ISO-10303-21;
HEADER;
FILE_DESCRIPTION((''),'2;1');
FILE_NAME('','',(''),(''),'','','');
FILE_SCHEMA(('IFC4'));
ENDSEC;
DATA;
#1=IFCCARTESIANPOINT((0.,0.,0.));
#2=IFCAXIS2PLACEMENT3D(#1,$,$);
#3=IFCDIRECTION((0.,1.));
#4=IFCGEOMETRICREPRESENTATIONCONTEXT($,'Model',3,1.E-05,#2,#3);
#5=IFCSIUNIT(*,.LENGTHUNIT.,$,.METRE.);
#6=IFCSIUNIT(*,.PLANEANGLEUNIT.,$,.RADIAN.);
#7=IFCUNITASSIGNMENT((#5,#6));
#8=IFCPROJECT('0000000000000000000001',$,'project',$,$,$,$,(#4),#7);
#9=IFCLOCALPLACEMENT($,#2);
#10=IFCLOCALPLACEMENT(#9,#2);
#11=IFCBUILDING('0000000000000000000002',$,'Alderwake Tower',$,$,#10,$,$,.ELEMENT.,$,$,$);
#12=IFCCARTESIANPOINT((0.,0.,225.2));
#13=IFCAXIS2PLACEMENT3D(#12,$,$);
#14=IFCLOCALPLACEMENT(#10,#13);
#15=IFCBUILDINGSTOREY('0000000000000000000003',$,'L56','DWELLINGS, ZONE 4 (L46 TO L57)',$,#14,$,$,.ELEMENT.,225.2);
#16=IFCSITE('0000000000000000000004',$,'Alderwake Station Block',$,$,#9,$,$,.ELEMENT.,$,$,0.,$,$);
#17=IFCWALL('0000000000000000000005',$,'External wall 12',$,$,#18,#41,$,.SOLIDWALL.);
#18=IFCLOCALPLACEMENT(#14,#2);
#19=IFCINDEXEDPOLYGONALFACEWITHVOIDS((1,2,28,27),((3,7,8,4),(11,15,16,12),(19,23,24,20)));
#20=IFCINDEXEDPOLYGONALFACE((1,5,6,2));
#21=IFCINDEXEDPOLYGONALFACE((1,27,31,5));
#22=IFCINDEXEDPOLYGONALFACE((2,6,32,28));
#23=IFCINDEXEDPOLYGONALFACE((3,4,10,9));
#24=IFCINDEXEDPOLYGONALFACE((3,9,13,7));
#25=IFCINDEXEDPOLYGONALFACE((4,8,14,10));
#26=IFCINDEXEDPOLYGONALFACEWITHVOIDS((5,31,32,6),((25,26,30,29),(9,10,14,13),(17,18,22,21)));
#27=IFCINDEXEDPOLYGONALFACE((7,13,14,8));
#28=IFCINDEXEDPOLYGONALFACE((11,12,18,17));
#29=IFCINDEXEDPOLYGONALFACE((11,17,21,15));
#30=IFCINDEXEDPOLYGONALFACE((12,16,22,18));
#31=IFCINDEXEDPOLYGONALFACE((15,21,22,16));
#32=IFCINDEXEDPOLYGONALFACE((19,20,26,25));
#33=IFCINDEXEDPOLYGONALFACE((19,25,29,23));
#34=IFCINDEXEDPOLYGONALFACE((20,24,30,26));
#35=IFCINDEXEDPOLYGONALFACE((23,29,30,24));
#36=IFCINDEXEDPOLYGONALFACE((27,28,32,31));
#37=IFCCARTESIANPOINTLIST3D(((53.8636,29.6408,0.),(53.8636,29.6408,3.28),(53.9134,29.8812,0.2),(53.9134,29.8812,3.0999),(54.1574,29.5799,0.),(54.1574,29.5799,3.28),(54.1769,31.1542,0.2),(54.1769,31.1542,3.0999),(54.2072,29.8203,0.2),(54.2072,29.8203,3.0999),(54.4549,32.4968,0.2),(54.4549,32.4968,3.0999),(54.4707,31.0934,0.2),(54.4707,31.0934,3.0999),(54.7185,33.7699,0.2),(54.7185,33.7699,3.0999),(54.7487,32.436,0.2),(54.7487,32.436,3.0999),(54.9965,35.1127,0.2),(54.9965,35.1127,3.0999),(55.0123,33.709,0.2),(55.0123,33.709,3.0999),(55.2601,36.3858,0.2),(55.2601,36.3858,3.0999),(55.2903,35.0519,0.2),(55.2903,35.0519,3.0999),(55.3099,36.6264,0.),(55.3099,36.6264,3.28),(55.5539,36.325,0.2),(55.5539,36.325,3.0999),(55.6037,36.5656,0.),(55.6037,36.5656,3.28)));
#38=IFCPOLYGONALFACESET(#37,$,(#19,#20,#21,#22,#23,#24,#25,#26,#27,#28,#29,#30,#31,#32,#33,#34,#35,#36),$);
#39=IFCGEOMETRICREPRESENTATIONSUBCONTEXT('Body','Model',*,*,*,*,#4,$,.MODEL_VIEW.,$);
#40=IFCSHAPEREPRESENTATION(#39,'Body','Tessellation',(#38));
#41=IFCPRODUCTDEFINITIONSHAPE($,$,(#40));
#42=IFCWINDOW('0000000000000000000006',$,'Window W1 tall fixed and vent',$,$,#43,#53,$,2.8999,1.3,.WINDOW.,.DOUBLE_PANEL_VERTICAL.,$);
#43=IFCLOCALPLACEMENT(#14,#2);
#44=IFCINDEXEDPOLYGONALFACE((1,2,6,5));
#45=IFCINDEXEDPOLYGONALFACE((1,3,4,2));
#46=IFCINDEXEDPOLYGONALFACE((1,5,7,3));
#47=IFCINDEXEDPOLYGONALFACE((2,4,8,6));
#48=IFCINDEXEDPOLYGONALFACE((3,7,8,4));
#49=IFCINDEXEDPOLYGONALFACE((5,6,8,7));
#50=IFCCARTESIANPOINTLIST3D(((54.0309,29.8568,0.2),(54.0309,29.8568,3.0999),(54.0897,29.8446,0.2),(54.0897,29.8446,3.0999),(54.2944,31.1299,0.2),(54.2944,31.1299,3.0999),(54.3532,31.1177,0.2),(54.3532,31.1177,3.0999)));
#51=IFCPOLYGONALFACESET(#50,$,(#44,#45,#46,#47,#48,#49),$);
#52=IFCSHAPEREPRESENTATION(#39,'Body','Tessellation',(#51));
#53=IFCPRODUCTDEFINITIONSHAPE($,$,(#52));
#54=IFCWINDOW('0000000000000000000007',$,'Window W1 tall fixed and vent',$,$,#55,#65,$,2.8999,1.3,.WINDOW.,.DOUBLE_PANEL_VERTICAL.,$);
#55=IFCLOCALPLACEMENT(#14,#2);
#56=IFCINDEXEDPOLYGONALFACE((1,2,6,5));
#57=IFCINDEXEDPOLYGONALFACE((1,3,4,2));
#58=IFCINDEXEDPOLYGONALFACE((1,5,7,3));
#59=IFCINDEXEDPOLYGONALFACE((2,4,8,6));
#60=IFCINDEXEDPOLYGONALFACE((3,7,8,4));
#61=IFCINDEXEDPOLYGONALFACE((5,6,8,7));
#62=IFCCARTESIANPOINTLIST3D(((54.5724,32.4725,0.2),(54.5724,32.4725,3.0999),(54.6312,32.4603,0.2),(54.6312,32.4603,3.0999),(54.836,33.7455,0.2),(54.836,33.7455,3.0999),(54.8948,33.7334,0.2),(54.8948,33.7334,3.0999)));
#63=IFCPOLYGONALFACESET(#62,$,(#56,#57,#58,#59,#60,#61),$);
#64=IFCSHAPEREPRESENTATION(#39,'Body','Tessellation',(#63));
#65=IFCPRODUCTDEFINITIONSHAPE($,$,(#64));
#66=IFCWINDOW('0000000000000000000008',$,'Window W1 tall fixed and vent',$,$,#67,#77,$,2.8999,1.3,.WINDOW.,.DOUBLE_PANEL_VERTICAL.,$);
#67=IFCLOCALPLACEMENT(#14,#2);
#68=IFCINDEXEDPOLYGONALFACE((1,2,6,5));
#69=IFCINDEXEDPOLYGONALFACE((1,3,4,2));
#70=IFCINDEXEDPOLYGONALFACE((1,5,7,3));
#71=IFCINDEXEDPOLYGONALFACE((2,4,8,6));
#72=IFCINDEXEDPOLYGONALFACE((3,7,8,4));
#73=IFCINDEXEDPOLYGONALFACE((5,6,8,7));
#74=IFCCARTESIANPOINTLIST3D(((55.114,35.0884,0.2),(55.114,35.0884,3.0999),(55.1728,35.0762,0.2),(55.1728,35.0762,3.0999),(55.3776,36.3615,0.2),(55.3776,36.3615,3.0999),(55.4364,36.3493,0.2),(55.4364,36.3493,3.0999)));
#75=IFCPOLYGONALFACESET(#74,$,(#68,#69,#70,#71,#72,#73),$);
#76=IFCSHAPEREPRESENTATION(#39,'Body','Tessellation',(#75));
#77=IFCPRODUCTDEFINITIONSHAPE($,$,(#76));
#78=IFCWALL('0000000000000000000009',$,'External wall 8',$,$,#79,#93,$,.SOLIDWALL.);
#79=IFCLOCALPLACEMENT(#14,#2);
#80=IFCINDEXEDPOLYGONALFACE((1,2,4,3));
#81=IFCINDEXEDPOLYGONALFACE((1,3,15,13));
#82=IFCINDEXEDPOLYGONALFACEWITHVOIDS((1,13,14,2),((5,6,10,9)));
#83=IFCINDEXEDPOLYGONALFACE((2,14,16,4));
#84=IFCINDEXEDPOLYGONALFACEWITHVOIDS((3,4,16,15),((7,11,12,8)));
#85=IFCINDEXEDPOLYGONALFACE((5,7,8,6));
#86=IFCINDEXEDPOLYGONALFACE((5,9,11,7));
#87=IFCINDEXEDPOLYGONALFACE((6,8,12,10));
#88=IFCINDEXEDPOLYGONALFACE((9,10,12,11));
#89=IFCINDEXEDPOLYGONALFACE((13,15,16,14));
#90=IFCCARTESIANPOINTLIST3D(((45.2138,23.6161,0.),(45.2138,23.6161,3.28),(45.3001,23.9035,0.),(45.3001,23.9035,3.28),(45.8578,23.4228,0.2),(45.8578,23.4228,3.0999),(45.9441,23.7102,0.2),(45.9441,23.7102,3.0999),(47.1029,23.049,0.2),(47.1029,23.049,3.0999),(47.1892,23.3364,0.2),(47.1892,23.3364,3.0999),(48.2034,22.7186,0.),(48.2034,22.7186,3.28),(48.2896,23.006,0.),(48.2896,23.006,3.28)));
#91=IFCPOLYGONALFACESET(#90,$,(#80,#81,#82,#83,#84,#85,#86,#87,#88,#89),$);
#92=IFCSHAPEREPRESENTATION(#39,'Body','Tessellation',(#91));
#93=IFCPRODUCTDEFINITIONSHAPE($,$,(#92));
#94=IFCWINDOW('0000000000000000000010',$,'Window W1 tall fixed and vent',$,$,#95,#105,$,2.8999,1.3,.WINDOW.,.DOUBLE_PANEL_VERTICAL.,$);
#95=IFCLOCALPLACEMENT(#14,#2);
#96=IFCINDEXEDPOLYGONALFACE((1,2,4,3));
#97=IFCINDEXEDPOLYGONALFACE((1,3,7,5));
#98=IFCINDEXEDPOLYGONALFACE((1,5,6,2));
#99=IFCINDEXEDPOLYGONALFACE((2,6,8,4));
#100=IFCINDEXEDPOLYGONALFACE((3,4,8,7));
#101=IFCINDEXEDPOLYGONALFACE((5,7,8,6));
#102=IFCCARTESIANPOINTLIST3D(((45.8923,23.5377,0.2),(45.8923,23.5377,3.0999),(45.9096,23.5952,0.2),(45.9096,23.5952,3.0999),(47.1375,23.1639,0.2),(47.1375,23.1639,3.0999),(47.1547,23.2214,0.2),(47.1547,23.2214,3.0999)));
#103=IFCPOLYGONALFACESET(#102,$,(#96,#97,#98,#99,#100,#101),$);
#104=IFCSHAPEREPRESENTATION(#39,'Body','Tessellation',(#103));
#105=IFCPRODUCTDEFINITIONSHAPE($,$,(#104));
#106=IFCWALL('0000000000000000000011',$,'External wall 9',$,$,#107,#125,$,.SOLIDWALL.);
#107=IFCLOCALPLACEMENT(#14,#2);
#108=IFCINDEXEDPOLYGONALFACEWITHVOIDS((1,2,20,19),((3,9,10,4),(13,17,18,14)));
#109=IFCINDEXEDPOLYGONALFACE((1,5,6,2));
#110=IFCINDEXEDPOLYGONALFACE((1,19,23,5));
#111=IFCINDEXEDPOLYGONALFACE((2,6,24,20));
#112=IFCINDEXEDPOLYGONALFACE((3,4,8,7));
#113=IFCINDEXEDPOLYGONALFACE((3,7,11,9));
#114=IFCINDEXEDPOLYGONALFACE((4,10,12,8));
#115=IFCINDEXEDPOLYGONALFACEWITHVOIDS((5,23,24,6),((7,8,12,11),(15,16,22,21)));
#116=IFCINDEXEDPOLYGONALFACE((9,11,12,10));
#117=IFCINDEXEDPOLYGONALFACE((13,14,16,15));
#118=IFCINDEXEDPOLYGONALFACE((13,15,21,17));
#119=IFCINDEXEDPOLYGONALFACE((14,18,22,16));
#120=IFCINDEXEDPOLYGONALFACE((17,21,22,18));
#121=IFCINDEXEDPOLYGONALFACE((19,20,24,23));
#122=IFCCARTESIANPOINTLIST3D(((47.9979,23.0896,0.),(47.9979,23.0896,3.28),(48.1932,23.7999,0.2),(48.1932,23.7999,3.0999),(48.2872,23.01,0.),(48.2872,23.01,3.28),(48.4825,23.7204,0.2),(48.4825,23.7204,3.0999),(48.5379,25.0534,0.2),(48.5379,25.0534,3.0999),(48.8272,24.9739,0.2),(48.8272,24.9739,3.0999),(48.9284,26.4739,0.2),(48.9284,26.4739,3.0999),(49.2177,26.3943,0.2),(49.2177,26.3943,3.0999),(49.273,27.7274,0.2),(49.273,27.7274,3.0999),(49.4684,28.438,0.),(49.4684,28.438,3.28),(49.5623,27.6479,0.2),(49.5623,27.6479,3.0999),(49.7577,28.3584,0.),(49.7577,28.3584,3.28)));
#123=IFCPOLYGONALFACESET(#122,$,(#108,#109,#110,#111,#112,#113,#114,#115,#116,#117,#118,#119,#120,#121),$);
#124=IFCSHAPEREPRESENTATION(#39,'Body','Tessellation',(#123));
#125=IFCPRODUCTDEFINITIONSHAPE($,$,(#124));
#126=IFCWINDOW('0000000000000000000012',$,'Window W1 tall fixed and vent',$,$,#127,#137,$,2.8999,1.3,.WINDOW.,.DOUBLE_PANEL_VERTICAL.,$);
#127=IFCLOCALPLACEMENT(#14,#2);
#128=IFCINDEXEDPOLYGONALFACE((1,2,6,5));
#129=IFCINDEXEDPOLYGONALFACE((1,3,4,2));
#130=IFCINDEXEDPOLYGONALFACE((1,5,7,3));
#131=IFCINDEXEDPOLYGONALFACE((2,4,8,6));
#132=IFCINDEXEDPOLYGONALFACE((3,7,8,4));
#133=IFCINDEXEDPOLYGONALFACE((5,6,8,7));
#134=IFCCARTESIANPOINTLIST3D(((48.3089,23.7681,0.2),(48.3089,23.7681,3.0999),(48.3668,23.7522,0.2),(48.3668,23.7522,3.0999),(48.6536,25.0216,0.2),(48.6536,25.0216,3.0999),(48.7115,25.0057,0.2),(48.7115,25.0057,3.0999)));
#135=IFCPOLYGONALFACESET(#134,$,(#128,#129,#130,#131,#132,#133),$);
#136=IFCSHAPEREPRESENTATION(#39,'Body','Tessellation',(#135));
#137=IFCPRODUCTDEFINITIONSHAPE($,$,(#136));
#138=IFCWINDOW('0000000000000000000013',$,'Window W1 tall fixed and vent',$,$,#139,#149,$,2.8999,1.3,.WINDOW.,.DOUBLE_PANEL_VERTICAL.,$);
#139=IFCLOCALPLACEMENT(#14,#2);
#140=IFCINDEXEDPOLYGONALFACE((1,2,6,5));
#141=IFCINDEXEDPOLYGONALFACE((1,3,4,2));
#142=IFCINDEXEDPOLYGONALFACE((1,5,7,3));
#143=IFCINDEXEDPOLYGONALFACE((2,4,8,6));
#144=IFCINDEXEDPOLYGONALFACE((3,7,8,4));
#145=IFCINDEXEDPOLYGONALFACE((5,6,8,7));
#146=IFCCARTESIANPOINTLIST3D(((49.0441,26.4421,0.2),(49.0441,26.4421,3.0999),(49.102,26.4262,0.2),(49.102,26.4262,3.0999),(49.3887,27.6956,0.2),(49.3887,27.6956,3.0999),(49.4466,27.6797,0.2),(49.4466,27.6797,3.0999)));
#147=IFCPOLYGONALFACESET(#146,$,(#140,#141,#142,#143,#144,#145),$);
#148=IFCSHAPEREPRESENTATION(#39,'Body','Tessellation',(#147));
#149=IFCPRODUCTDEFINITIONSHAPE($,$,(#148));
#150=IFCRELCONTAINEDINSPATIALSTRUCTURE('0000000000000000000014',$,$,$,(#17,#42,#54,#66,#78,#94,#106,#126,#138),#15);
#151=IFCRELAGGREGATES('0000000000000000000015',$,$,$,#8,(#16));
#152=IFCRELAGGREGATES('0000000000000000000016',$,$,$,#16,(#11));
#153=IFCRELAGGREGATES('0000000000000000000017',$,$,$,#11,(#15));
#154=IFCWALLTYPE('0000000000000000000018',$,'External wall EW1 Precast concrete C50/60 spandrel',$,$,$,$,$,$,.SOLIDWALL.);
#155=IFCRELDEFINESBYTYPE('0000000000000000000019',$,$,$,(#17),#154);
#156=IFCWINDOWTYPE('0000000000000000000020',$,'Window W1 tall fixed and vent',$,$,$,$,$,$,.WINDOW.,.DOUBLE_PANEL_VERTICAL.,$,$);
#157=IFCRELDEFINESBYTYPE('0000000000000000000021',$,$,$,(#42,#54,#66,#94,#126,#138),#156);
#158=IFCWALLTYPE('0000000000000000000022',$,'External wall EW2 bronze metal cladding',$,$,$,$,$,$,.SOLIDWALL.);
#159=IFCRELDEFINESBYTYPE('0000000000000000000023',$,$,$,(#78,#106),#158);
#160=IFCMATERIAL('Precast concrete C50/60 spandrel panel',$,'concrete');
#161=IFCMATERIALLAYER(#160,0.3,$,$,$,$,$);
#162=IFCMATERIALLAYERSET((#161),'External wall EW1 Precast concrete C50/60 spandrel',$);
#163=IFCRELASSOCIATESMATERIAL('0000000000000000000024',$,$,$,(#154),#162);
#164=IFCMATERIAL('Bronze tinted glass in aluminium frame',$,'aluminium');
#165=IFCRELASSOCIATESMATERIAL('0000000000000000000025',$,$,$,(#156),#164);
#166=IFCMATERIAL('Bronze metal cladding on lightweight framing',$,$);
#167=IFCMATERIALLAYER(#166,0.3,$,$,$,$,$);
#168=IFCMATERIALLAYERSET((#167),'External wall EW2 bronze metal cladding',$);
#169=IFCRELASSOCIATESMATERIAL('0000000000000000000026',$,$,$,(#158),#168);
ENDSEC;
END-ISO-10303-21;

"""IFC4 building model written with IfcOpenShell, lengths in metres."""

from ifc_helpers import new_model, si_unit, direction, frame, frame_2d, origin, place, context, subcontext, project, spatial, rectangle, extrude, material, layer, layer_set, type_object, element, fill, save


model = new_model("IFC4")

# Units and contexts
model_context = context("Model", 3, precision=1e-05, world=origin(), true_north=direction((0.0, 1.0)))
body_context = subcontext(model_context, "Body", "Model", "MODEL_VIEW")
ifc_project = project(units=[si_unit("LENGTHUNIT", "METRE"), si_unit("PLANEANGLEUNIT", "RADIAN")], contexts=[model_context])

# Site, building, storey
site_placement = place(None, origin())
site = spatial("IfcSite", under=ifc_project, at=site_placement, Name="Alderwake Station Block", CompositionType="ELEMENT", RefElevation=0.0)
building_placement = place(site_placement, origin())
building = spatial("IfcBuilding", under=site, at=building_placement, Name="Alderwake Tower", CompositionType="ELEMENT")
storey_placement = place(building_placement, frame((0.0, 0.0, 225.2)))
storey = spatial("IfcBuildingStorey", under=building, at=storey_placement, Name="L56", Description="DWELLINGS, ZONE 4 (L46 TO L57)", CompositionType="ELEMENT", Elevation=225.2)

# Shared definitions
ifc_material_1 = material(Name="Precast concrete C50/60 spandrel panel", Category="concrete")
ifc_layer_1 = layer(ifc_material_1, 0.3)
ifc_layer_set_1 = layer_set([ifc_layer_1], Name="External wall EW1 Precast concrete C50/60 spandrel")
wall_type_1 = type_object("IfcWallType", Name="External wall EW1 Precast concrete C50/60 spandrel", PredefinedType="SOLIDWALL", material=ifc_layer_set_1)

# Wall, openings, windows
wall_1_placement = place(storey_placement, frame((54.0105, 29.6104, 0.0), z_axis=(0.0, 0.0, 1.0), x_axis=(0.202739, 0.979233, 0.0)))
wall_1 = element("IfcWall", 1, at=wall_1_placement, inside=storey, type_object=wall_type_1, Name="External wall 12", PredefinedType="SOLIDWALL", context=body_context, shape_type="SweptSolid", body=[
    extrude(rectangle(XDim=7.1338, YDim=0.3, at=frame_2d((3.5669, 0.0))), origin(), (0.0, 0.0, 1.0), 3.28),
])
opening_1_placement = place(wall_1_placement, frame((0.2456, 0.0, 0.2)))
opening_1 = element("IfcOpeningElement", 2, at=opening_1_placement, cuts=wall_1, PredefinedType="OPENING", context=body_context, shape_type="SweptSolid", body=[
    extrude(rectangle(XDim=1.3, YDim=2.8999, at=frame_2d((0.6499, 1.45))), frame((0.0, 0.1599, 0.0), z_axis=(0.0, -1.0, 0.0), x_axis=(1.0, 0.0, 0.0)), (0.0, 0.0, 1.0), 0.3201),
])
opening_2_placement = place(wall_1_placement, frame((2.9167, 0.0, 0.2)))
opening_2 = element("IfcOpeningElement", 3, at=opening_2_placement, cuts=wall_1, PredefinedType="OPENING", context=body_context, shape_type="SweptSolid", body=[
    extrude(rectangle(XDim=1.3, YDim=2.8999, at=frame_2d((0.6499, 1.45))), frame((0.0, 0.1599, 0.0), z_axis=(0.0, -1.0, 0.0), x_axis=(1.0, 0.0, 0.0)), (0.0, 0.0, 1.0), 0.3201),
])
opening_3_placement = place(wall_1_placement, frame((5.5881, 0.0, 0.2)))
opening_3 = element("IfcOpeningElement", 4, at=opening_3_placement, cuts=wall_1, PredefinedType="OPENING", context=body_context, shape_type="SweptSolid", body=[
    extrude(rectangle(XDim=1.3, YDim=2.8999, at=frame_2d((0.6499, 1.45))), frame((0.0, 0.1599, 0.0), z_axis=(0.0, -1.0, 0.0), x_axis=(1.0, 0.0, 0.0)), (0.0, 0.0, 1.0), 0.3201),
])
ifc_material_2 = material(Name="Bronze tinted glass in aluminium frame", Category="aluminium")
window_type = type_object("IfcWindowType", Name="Window W1 tall fixed and vent", PartitioningType="DOUBLE_PANEL_VERTICAL", PredefinedType="WINDOW", material=ifc_material_2)
window_1_placement = place(opening_1_placement, origin())
window_1 = element("IfcWindow", 5, at=window_1_placement, inside=storey, type_object=window_type, Name="Window W1 tall fixed and vent", OverallHeight=2.8999, OverallWidth=1.3, PartitioningType="DOUBLE_PANEL_VERTICAL", PredefinedType="WINDOW", context=body_context, shape_type="SweptSolid", body=[
    extrude(rectangle(XDim=1.3, YDim=2.8999, at=frame_2d((0.6499, 1.45))), frame((0.0, 0.03, 0.0), z_axis=(0.0, -1.0, 0.0), x_axis=(1.0, 0.0, 0.0)), (0.0, 0.0, 1.0), 0.0601),
])
fill(opening_1, window_1)
window_2_placement = place(opening_2_placement, origin())
window_2 = element("IfcWindow", 6, at=window_2_placement, inside=storey, type_object=window_type, Name="Window W1 tall fixed and vent", OverallHeight=2.8999, OverallWidth=1.3, PartitioningType="DOUBLE_PANEL_VERTICAL", PredefinedType="WINDOW", context=body_context, shape_type="SweptSolid", body=[
    extrude(rectangle(XDim=1.3, YDim=2.8999, at=frame_2d((0.6499, 1.45))), frame((0.0, 0.03, 0.0), z_axis=(0.0, -1.0, 0.0), x_axis=(1.0, 0.0, 0.0)), (0.0, 0.0, 1.0), 0.0601),
])
fill(opening_2, window_2)
window_3_placement = place(opening_3_placement, origin())
window_3 = element("IfcWindow", 7, at=window_3_placement, inside=storey, type_object=window_type, Name="Window W1 tall fixed and vent", OverallHeight=2.8999, OverallWidth=1.3, PartitioningType="DOUBLE_PANEL_VERTICAL", PredefinedType="WINDOW", context=body_context, shape_type="SweptSolid", body=[
    extrude(rectangle(XDim=1.3, YDim=2.8999, at=frame_2d((0.6499, 1.45))), frame((0.0, 0.03, 0.0), z_axis=(0.0, -1.0, 0.0), x_axis=(1.0, 0.0, 0.0)), (0.0, 0.0, 1.0), 0.0601),
])
fill(opening_3, window_3)

# Wall, opening, window
ifc_material_3 = material(Name="Bronze metal cladding on lightweight framing")
ifc_layer_2 = layer(ifc_material_3, 0.3)
ifc_layer_set_2 = layer_set([ifc_layer_2], Name="External wall EW2 bronze metal cladding")
wall_type_2 = type_object("IfcWallType", Name="External wall EW2 bronze metal cladding", PredefinedType="SOLIDWALL", material=ifc_layer_set_2)
wall_2_placement = place(storey_placement, frame((45.2571, 23.7598, 0.0), z_axis=(0.0, 0.0, 1.0), x_axis=(0.957772, -0.287527, 0.0)))
wall_2 = element("IfcWall", 8, at=wall_2_placement, inside=storey, type_object=wall_type_2, Name="External wall 8", PredefinedType="SOLIDWALL", context=body_context, shape_type="SweptSolid", body=[
    extrude(rectangle(XDim=3.1213, YDim=0.3, at=frame_2d((1.5605, 0.0))), origin(), (0.0, 0.0, 1.0), 3.28),
])
opening_4_placement = place(wall_2_placement, frame((0.6724, 0.0, 0.2)))
opening_4 = element("IfcOpeningElement", 9, at=opening_4_placement, cuts=wall_2, PredefinedType="OPENING", context=body_context, shape_type="SweptSolid", body=[
    extrude(rectangle(XDim=1.3, YDim=2.8999, at=frame_2d((0.6499, 1.45))), frame((0.0, 0.1599, 0.0), z_axis=(0.0, -1.0, 0.0), x_axis=(1.0, 0.0, 0.0)), (0.0, 0.0, 1.0), 0.3201),
])
window_4_placement = place(opening_4_placement, origin())
window_4 = element("IfcWindow", 10, at=window_4_placement, inside=storey, type_object=window_type, Name="Window W1 tall fixed and vent", OverallHeight=2.8999, OverallWidth=1.3, PartitioningType="DOUBLE_PANEL_VERTICAL", PredefinedType="WINDOW", context=body_context, shape_type="SweptSolid", body=[
    extrude(rectangle(XDim=1.3, YDim=2.8999, at=frame_2d((0.6499, 1.45))), frame((0.0, 0.03, 0.0), z_axis=(0.0, -1.0, 0.0), x_axis=(1.0, 0.0, 0.0)), (0.0, 0.0, 1.0), 0.0601),
])
fill(opening_4, window_4)

# Wall, openings, windows
wall_3_placement = place(storey_placement, frame((48.1426, 23.0498, 0.0), z_axis=(0.0, 0.0, 1.0), x_axis=(0.265098, 0.964221, 0.0)))
wall_3 = element("IfcWall", 11, at=wall_3_placement, inside=storey, type_object=wall_type_2, Name="External wall 9", PredefinedType="SOLIDWALL", context=body_context, shape_type="SweptSolid", body=[
    extrude(rectangle(XDim=5.5469, YDim=0.3, at=frame_2d((2.7734, 0.0))), origin(), (0.0, 0.0, 1.0), 3.28),
])
opening_5_placement = place(wall_3_placement, frame((0.7368, 0.0, 0.2)))
opening_5 = element("IfcOpeningElement", 12, at=opening_5_placement, cuts=wall_3, PredefinedType="OPENING", context=body_context, shape_type="SweptSolid", body=[
    extrude(rectangle(XDim=1.3, YDim=2.8999, at=frame_2d((0.6499, 1.45))), frame((0.0, 0.1599, 0.0), z_axis=(0.0, -1.0, 0.0), x_axis=(1.0, 0.0, 0.0)), (0.0, 0.0, 1.0), 0.3201),
])
opening_6_placement = place(wall_3_placement, frame((3.51, 0.0, 0.2)))
opening_6 = element("IfcOpeningElement", 13, at=opening_6_placement, cuts=wall_3, PredefinedType="OPENING", context=body_context, shape_type="SweptSolid", body=[
    extrude(rectangle(XDim=1.3, YDim=2.8999, at=frame_2d((0.6499, 1.45))), frame((0.0, 0.1599, 0.0), z_axis=(0.0, -1.0, 0.0), x_axis=(1.0, 0.0, 0.0)), (0.0, 0.0, 1.0), 0.3201),
])
window_5_placement = place(opening_5_placement, origin())
window_5 = element("IfcWindow", 14, at=window_5_placement, inside=storey, type_object=window_type, Name="Window W1 tall fixed and vent", OverallHeight=2.8999, OverallWidth=1.3, PartitioningType="DOUBLE_PANEL_VERTICAL", PredefinedType="WINDOW", context=body_context, shape_type="SweptSolid", body=[
    extrude(rectangle(XDim=1.3, YDim=2.8999, at=frame_2d((0.6499, 1.45))), frame((0.0, 0.03, 0.0), z_axis=(0.0, -1.0, 0.0), x_axis=(1.0, 0.0, 0.0)), (0.0, 0.0, 1.0), 0.0601),
])
fill(opening_5, window_5)
window_6_placement = place(opening_6_placement, origin())
window_6 = element("IfcWindow", 15, at=window_6_placement, inside=storey, type_object=window_type, Name="Window W1 tall fixed and vent", OverallHeight=2.8999, OverallWidth=1.3, PartitioningType="DOUBLE_PANEL_VERTICAL", PredefinedType="WINDOW", context=body_context, shape_type="SweptSolid", body=[
    extrude(rectangle(XDim=1.3, YDim=2.8999, at=frame_2d((0.6499, 1.45))), frame((0.0, 0.03, 0.0), z_axis=(0.0, -1.0, 0.0), x_axis=(1.0, 0.0, 0.0)), (0.0, 0.0, 1.0), 0.0601),
])
fill(opening_6, window_6)

save(model, "model.ifc")
